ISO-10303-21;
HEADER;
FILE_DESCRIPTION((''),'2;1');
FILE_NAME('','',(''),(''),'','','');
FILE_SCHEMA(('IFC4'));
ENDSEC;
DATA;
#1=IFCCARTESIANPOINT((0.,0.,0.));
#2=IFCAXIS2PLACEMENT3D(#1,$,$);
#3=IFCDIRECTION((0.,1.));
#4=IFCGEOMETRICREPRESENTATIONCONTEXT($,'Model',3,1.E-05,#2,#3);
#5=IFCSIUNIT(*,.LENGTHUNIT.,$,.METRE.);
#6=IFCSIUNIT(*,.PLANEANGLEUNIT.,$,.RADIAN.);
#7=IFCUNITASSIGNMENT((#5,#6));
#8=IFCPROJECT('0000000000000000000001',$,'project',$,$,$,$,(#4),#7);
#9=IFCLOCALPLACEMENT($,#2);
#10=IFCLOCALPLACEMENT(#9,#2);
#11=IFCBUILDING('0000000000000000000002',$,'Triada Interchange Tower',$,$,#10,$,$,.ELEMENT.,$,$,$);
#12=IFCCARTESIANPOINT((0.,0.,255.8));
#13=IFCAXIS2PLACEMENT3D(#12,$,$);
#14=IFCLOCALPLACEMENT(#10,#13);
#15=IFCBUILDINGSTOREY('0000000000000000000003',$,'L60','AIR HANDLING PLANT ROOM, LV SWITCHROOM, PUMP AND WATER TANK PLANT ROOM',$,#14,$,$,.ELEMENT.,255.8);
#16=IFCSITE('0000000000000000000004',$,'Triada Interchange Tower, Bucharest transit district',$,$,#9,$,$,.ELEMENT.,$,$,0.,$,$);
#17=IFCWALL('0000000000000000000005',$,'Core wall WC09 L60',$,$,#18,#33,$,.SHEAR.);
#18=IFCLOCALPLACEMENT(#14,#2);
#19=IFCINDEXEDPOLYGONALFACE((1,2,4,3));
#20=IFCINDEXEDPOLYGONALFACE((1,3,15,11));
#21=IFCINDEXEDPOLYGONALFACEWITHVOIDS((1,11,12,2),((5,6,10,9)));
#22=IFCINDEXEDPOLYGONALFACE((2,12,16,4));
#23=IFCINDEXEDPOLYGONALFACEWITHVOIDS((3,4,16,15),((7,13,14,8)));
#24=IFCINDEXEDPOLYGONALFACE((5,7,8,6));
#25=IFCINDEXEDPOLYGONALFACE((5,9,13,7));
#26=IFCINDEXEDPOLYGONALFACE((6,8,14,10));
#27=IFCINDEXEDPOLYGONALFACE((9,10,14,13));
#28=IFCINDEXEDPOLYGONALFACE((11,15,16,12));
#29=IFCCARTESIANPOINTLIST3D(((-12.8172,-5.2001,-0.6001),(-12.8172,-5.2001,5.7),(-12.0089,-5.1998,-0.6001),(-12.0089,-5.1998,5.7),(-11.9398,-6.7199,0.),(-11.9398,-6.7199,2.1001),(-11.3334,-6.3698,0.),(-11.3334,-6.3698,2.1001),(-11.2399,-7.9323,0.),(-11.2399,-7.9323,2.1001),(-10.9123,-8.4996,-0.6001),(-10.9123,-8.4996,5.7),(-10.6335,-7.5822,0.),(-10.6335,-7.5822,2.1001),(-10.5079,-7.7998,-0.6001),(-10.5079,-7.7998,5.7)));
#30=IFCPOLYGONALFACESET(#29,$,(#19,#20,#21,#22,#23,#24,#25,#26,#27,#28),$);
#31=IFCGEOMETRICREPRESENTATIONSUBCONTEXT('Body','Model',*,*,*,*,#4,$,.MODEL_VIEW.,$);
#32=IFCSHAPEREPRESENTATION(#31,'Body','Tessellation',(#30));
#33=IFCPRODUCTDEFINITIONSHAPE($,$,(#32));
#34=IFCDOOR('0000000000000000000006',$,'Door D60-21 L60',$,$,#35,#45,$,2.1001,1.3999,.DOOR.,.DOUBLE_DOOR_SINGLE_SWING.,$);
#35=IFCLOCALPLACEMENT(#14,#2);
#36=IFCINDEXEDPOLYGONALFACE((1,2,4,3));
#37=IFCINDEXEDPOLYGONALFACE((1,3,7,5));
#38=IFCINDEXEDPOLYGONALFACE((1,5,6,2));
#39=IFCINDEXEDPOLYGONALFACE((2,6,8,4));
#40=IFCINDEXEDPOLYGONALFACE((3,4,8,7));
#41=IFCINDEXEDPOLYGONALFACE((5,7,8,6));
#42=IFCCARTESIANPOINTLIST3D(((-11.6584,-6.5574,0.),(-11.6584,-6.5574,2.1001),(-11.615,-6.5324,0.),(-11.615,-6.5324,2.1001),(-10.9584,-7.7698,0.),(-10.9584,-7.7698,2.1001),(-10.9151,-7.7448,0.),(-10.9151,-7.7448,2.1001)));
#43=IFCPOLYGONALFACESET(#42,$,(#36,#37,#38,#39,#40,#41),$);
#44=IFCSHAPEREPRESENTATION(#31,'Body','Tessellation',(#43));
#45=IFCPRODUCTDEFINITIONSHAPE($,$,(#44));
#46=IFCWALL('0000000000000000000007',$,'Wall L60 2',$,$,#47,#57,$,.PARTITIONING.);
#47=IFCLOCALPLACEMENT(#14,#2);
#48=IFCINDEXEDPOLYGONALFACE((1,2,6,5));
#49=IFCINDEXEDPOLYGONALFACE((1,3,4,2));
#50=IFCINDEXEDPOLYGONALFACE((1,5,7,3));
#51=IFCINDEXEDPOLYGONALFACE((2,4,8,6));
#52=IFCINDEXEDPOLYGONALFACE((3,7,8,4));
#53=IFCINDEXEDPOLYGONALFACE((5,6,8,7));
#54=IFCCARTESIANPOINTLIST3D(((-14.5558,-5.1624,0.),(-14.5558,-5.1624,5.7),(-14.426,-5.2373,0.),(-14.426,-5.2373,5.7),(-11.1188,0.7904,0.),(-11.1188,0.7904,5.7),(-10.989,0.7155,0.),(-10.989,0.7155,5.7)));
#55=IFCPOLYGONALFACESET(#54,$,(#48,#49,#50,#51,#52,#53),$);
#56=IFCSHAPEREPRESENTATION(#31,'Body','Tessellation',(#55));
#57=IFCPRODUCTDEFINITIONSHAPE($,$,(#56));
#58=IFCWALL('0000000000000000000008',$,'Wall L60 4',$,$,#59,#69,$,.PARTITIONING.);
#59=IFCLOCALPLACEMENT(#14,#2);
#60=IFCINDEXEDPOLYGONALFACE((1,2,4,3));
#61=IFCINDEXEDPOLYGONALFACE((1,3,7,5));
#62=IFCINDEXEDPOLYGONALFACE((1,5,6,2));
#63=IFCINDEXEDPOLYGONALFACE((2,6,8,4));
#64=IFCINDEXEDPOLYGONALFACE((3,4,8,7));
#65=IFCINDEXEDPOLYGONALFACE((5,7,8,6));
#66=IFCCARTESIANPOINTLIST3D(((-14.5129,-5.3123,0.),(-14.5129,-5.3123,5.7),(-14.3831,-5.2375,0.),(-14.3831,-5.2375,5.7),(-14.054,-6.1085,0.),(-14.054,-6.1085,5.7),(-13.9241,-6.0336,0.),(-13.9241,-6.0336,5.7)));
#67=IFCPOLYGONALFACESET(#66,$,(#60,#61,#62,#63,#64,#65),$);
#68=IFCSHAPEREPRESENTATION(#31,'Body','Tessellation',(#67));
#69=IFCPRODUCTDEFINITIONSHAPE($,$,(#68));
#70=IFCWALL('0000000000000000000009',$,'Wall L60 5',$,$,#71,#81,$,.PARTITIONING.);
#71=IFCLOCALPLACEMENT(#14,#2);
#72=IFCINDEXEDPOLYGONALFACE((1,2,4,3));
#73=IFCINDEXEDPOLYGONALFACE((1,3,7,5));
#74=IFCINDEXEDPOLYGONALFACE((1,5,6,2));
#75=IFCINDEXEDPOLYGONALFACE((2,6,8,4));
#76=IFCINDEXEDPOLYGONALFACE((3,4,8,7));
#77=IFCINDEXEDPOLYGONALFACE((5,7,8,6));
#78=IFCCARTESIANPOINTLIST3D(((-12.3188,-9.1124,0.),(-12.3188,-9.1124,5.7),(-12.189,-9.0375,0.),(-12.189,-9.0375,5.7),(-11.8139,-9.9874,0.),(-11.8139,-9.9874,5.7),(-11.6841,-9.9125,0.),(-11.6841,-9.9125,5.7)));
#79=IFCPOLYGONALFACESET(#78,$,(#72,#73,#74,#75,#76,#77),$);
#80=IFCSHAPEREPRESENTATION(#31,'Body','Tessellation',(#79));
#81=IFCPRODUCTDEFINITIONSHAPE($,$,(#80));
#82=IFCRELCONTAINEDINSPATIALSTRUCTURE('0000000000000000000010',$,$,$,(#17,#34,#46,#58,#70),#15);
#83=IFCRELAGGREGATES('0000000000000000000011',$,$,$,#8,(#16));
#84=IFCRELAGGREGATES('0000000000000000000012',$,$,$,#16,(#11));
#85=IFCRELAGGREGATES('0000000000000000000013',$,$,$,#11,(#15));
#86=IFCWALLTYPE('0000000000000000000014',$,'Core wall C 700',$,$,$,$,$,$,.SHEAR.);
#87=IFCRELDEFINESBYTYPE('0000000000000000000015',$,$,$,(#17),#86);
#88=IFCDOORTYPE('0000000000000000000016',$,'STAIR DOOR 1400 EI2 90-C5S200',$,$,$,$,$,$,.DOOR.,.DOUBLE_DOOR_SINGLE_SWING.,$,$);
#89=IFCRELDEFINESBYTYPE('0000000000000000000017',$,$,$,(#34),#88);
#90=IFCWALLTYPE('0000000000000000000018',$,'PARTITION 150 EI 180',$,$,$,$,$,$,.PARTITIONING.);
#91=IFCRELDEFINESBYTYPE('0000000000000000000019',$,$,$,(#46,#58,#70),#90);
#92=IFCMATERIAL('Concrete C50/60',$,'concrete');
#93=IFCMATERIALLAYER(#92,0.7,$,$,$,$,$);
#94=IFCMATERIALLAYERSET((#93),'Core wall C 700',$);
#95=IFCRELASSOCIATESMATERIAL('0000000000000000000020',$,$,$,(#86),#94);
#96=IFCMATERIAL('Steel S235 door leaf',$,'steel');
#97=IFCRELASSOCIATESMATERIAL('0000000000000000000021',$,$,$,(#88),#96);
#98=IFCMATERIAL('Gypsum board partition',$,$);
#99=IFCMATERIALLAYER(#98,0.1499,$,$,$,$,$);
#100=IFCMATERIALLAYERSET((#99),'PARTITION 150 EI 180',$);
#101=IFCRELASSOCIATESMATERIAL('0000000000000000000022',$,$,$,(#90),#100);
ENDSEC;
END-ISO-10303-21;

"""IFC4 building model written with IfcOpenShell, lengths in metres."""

from ifc_helpers import new_model, si_unit, direction, frame, frame_2d, origin, place, context, subcontext, project, spatial, polyline, rectangle, outline, extrude, material, layer, layer_set, type_object, element, fill, save


model = new_model("IFC4")

# Units and contexts
model_context = context("Model", 3, precision=1e-05, world=origin(), true_north=direction((0.0, 1.0)))
body_context = subcontext(model_context, "Body", "Model", "MODEL_VIEW")
ifc_project = project(units=[si_unit("LENGTHUNIT", "METRE"), si_unit("PLANEANGLEUNIT", "RADIAN")], contexts=[model_context])

# Site, building, storey
site_placement = place(None, origin())
site = spatial("IfcSite", under=ifc_project, at=site_placement, Name="Triada Interchange Tower, Bucharest transit district", CompositionType="ELEMENT", RefElevation=0.0)
building_placement = place(site_placement, origin())
building = spatial("IfcBuilding", under=site, at=building_placement, Name="Triada Interchange Tower", CompositionType="ELEMENT")
storey_placement = place(building_placement, frame((0.0, 0.0, 255.8)))
storey = spatial("IfcBuildingStorey", under=building, at=storey_placement, Name="L60", Description="AIR HANDLING PLANT ROOM, LV SWITCHROOM, PUMP AND WATER TANK PLANT ROOM", CompositionType="ELEMENT", Elevation=255.8)

# Shared definitions
ifc_material_1 = material(Name="Concrete C50/60", Category="concrete")

# Wall, opening, door
ifc_layer_1 = layer(ifc_material_1, 0.7)
ifc_layer_set_1 = layer_set([ifc_layer_1], Name="Core wall C 700")
wall_type_1 = type_object("IfcWallType", Name="Core wall C 700", PredefinedType="SHEAR", material=ifc_layer_set_1)
wall_1_placement = place(storey_placement, frame((-12.4131, -5.2, -0.6001), z_axis=(0.0, 0.0, 1.0), x_axis=(0.499993, -0.866029, 0.0)))
wall_1 = element("IfcWall", 1, at=wall_1_placement, inside=storey, type_object=wall_type_1, Name="Core wall WC09 L60", PredefinedType="SHEAR", context=body_context, shape_type="SweptSolid", body=[
    extrude(outline(polyline([(-0.2019, -0.3501), (1.7031, -0.3501), (3.6079, -0.3501), (3.2041, 0.3501), (1.7031, 0.3501), (0.2019, 0.3501), (-0.2019, -0.3501)])), origin(), (0.0, 0.0, 1.0), 6.3),
])
opening_placement = place(wall_1_placement, frame((1.553, 0.0, 0.6001)))
opening = element("IfcOpeningElement", 2, at=opening_placement, cuts=wall_1, PredefinedType="OPENING", context=body_context, shape_type="SweptSolid", body=[
    extrude(rectangle(XDim=1.3999, YDim=2.1001, at=frame_2d((0.7, 1.05))), frame((0.0, 0.3601, 0.0), z_axis=(0.0, -1.0, 0.0), x_axis=(1.0, 0.0, 0.0)), (0.0, 0.0, 1.0), 0.7202),
])
ifc_material_2 = material(Name="Steel S235 door leaf", Category="steel")
door_type = type_object("IfcDoorType", Name="STAIR DOOR 1400 EI2 90-C5S200", OperationType="DOUBLE_DOOR_SINGLE_SWING", PredefinedType="DOOR", material=ifc_material_2)
door_placement = place(opening_placement, origin())
door = element("IfcDoor", 3, at=door_placement, inside=storey, type_object=door_type, Name="Door D60-21 L60", OperationType="DOUBLE_DOOR_SINGLE_SWING", OverallHeight=2.1001, OverallWidth=1.3999, PredefinedType="DOOR", context=body_context, shape_type="SweptSolid", body=[
    extrude(rectangle(XDim=1.3999, YDim=2.1001, at=frame_2d((0.7, 1.05))), frame((0.0, 0.0249, 0.0), z_axis=(0.0, -1.0, 0.0), x_axis=(1.0, 0.0, 0.0)), (0.0, 0.0, 1.0), 0.05),
])
fill(opening, door)

# Walls
ifc_material_3 = material(Name="Gypsum board partition")
ifc_layer_2 = layer(ifc_material_3, 0.1499)
ifc_layer_set_2 = layer_set([ifc_layer_2], Name="PARTITION 150 EI 180")
wall_type_2 = type_object("IfcWallType", Name="PARTITION 150 EI 180", PredefinedType="PARTITIONING", material=ifc_layer_set_2)
wall_2_placement = place(storey_placement, frame((-14.491, -5.2, 0.0), z_axis=(0.0, 0.0, 1.0), x_axis=(0.500012, 0.866018, 0.0)))
element("IfcWall", 4, at=wall_2_placement, inside=storey, type_object=wall_type_2, Name="Wall L60 2", PredefinedType="PARTITIONING", context=body_context, shape_type="SweptSolid", body=[
    extrude(rectangle(XDim=6.8738, YDim=0.1499, at=frame_2d((3.437, 0.0))), origin(), (0.0, 0.0, 1.0), 5.7),
])
wall_3_placement = place(storey_placement, frame((-14.448, -5.2749, 0.0), z_axis=(0.0, 0.0, 1.0), x_axis=(0.499454, -0.86634, 0.0)))
element("IfcWall", 5, at=wall_3_placement, inside=storey, type_object=wall_type_2, Name="Wall L60 4", PredefinedType="PARTITIONING", context=body_context, shape_type="SweptSolid", body=[
    extrude(rectangle(XDim=0.9189, YDim=0.1499, at=frame_2d((0.4595, 0.0))), origin(), (0.0, 0.0, 1.0), 5.7),
])
wall_4_placement = place(storey_placement, frame((-12.2539, -9.075, 0.0), z_axis=(0.0, 0.0, 1.0), x_axis=(0.499778, -0.866153, 0.0)))
element("IfcWall", 6, at=wall_4_placement, inside=storey, type_object=wall_type_2, Name="Wall L60 5", PredefinedType="PARTITIONING", context=body_context, shape_type="SweptSolid", body=[
    extrude(rectangle(XDim=1.0103, YDim=0.1499, at=frame_2d((0.5051, 0.0))), origin(), (0.0, 0.0, 1.0), 5.7),
])

save(model, "model.ifc")
